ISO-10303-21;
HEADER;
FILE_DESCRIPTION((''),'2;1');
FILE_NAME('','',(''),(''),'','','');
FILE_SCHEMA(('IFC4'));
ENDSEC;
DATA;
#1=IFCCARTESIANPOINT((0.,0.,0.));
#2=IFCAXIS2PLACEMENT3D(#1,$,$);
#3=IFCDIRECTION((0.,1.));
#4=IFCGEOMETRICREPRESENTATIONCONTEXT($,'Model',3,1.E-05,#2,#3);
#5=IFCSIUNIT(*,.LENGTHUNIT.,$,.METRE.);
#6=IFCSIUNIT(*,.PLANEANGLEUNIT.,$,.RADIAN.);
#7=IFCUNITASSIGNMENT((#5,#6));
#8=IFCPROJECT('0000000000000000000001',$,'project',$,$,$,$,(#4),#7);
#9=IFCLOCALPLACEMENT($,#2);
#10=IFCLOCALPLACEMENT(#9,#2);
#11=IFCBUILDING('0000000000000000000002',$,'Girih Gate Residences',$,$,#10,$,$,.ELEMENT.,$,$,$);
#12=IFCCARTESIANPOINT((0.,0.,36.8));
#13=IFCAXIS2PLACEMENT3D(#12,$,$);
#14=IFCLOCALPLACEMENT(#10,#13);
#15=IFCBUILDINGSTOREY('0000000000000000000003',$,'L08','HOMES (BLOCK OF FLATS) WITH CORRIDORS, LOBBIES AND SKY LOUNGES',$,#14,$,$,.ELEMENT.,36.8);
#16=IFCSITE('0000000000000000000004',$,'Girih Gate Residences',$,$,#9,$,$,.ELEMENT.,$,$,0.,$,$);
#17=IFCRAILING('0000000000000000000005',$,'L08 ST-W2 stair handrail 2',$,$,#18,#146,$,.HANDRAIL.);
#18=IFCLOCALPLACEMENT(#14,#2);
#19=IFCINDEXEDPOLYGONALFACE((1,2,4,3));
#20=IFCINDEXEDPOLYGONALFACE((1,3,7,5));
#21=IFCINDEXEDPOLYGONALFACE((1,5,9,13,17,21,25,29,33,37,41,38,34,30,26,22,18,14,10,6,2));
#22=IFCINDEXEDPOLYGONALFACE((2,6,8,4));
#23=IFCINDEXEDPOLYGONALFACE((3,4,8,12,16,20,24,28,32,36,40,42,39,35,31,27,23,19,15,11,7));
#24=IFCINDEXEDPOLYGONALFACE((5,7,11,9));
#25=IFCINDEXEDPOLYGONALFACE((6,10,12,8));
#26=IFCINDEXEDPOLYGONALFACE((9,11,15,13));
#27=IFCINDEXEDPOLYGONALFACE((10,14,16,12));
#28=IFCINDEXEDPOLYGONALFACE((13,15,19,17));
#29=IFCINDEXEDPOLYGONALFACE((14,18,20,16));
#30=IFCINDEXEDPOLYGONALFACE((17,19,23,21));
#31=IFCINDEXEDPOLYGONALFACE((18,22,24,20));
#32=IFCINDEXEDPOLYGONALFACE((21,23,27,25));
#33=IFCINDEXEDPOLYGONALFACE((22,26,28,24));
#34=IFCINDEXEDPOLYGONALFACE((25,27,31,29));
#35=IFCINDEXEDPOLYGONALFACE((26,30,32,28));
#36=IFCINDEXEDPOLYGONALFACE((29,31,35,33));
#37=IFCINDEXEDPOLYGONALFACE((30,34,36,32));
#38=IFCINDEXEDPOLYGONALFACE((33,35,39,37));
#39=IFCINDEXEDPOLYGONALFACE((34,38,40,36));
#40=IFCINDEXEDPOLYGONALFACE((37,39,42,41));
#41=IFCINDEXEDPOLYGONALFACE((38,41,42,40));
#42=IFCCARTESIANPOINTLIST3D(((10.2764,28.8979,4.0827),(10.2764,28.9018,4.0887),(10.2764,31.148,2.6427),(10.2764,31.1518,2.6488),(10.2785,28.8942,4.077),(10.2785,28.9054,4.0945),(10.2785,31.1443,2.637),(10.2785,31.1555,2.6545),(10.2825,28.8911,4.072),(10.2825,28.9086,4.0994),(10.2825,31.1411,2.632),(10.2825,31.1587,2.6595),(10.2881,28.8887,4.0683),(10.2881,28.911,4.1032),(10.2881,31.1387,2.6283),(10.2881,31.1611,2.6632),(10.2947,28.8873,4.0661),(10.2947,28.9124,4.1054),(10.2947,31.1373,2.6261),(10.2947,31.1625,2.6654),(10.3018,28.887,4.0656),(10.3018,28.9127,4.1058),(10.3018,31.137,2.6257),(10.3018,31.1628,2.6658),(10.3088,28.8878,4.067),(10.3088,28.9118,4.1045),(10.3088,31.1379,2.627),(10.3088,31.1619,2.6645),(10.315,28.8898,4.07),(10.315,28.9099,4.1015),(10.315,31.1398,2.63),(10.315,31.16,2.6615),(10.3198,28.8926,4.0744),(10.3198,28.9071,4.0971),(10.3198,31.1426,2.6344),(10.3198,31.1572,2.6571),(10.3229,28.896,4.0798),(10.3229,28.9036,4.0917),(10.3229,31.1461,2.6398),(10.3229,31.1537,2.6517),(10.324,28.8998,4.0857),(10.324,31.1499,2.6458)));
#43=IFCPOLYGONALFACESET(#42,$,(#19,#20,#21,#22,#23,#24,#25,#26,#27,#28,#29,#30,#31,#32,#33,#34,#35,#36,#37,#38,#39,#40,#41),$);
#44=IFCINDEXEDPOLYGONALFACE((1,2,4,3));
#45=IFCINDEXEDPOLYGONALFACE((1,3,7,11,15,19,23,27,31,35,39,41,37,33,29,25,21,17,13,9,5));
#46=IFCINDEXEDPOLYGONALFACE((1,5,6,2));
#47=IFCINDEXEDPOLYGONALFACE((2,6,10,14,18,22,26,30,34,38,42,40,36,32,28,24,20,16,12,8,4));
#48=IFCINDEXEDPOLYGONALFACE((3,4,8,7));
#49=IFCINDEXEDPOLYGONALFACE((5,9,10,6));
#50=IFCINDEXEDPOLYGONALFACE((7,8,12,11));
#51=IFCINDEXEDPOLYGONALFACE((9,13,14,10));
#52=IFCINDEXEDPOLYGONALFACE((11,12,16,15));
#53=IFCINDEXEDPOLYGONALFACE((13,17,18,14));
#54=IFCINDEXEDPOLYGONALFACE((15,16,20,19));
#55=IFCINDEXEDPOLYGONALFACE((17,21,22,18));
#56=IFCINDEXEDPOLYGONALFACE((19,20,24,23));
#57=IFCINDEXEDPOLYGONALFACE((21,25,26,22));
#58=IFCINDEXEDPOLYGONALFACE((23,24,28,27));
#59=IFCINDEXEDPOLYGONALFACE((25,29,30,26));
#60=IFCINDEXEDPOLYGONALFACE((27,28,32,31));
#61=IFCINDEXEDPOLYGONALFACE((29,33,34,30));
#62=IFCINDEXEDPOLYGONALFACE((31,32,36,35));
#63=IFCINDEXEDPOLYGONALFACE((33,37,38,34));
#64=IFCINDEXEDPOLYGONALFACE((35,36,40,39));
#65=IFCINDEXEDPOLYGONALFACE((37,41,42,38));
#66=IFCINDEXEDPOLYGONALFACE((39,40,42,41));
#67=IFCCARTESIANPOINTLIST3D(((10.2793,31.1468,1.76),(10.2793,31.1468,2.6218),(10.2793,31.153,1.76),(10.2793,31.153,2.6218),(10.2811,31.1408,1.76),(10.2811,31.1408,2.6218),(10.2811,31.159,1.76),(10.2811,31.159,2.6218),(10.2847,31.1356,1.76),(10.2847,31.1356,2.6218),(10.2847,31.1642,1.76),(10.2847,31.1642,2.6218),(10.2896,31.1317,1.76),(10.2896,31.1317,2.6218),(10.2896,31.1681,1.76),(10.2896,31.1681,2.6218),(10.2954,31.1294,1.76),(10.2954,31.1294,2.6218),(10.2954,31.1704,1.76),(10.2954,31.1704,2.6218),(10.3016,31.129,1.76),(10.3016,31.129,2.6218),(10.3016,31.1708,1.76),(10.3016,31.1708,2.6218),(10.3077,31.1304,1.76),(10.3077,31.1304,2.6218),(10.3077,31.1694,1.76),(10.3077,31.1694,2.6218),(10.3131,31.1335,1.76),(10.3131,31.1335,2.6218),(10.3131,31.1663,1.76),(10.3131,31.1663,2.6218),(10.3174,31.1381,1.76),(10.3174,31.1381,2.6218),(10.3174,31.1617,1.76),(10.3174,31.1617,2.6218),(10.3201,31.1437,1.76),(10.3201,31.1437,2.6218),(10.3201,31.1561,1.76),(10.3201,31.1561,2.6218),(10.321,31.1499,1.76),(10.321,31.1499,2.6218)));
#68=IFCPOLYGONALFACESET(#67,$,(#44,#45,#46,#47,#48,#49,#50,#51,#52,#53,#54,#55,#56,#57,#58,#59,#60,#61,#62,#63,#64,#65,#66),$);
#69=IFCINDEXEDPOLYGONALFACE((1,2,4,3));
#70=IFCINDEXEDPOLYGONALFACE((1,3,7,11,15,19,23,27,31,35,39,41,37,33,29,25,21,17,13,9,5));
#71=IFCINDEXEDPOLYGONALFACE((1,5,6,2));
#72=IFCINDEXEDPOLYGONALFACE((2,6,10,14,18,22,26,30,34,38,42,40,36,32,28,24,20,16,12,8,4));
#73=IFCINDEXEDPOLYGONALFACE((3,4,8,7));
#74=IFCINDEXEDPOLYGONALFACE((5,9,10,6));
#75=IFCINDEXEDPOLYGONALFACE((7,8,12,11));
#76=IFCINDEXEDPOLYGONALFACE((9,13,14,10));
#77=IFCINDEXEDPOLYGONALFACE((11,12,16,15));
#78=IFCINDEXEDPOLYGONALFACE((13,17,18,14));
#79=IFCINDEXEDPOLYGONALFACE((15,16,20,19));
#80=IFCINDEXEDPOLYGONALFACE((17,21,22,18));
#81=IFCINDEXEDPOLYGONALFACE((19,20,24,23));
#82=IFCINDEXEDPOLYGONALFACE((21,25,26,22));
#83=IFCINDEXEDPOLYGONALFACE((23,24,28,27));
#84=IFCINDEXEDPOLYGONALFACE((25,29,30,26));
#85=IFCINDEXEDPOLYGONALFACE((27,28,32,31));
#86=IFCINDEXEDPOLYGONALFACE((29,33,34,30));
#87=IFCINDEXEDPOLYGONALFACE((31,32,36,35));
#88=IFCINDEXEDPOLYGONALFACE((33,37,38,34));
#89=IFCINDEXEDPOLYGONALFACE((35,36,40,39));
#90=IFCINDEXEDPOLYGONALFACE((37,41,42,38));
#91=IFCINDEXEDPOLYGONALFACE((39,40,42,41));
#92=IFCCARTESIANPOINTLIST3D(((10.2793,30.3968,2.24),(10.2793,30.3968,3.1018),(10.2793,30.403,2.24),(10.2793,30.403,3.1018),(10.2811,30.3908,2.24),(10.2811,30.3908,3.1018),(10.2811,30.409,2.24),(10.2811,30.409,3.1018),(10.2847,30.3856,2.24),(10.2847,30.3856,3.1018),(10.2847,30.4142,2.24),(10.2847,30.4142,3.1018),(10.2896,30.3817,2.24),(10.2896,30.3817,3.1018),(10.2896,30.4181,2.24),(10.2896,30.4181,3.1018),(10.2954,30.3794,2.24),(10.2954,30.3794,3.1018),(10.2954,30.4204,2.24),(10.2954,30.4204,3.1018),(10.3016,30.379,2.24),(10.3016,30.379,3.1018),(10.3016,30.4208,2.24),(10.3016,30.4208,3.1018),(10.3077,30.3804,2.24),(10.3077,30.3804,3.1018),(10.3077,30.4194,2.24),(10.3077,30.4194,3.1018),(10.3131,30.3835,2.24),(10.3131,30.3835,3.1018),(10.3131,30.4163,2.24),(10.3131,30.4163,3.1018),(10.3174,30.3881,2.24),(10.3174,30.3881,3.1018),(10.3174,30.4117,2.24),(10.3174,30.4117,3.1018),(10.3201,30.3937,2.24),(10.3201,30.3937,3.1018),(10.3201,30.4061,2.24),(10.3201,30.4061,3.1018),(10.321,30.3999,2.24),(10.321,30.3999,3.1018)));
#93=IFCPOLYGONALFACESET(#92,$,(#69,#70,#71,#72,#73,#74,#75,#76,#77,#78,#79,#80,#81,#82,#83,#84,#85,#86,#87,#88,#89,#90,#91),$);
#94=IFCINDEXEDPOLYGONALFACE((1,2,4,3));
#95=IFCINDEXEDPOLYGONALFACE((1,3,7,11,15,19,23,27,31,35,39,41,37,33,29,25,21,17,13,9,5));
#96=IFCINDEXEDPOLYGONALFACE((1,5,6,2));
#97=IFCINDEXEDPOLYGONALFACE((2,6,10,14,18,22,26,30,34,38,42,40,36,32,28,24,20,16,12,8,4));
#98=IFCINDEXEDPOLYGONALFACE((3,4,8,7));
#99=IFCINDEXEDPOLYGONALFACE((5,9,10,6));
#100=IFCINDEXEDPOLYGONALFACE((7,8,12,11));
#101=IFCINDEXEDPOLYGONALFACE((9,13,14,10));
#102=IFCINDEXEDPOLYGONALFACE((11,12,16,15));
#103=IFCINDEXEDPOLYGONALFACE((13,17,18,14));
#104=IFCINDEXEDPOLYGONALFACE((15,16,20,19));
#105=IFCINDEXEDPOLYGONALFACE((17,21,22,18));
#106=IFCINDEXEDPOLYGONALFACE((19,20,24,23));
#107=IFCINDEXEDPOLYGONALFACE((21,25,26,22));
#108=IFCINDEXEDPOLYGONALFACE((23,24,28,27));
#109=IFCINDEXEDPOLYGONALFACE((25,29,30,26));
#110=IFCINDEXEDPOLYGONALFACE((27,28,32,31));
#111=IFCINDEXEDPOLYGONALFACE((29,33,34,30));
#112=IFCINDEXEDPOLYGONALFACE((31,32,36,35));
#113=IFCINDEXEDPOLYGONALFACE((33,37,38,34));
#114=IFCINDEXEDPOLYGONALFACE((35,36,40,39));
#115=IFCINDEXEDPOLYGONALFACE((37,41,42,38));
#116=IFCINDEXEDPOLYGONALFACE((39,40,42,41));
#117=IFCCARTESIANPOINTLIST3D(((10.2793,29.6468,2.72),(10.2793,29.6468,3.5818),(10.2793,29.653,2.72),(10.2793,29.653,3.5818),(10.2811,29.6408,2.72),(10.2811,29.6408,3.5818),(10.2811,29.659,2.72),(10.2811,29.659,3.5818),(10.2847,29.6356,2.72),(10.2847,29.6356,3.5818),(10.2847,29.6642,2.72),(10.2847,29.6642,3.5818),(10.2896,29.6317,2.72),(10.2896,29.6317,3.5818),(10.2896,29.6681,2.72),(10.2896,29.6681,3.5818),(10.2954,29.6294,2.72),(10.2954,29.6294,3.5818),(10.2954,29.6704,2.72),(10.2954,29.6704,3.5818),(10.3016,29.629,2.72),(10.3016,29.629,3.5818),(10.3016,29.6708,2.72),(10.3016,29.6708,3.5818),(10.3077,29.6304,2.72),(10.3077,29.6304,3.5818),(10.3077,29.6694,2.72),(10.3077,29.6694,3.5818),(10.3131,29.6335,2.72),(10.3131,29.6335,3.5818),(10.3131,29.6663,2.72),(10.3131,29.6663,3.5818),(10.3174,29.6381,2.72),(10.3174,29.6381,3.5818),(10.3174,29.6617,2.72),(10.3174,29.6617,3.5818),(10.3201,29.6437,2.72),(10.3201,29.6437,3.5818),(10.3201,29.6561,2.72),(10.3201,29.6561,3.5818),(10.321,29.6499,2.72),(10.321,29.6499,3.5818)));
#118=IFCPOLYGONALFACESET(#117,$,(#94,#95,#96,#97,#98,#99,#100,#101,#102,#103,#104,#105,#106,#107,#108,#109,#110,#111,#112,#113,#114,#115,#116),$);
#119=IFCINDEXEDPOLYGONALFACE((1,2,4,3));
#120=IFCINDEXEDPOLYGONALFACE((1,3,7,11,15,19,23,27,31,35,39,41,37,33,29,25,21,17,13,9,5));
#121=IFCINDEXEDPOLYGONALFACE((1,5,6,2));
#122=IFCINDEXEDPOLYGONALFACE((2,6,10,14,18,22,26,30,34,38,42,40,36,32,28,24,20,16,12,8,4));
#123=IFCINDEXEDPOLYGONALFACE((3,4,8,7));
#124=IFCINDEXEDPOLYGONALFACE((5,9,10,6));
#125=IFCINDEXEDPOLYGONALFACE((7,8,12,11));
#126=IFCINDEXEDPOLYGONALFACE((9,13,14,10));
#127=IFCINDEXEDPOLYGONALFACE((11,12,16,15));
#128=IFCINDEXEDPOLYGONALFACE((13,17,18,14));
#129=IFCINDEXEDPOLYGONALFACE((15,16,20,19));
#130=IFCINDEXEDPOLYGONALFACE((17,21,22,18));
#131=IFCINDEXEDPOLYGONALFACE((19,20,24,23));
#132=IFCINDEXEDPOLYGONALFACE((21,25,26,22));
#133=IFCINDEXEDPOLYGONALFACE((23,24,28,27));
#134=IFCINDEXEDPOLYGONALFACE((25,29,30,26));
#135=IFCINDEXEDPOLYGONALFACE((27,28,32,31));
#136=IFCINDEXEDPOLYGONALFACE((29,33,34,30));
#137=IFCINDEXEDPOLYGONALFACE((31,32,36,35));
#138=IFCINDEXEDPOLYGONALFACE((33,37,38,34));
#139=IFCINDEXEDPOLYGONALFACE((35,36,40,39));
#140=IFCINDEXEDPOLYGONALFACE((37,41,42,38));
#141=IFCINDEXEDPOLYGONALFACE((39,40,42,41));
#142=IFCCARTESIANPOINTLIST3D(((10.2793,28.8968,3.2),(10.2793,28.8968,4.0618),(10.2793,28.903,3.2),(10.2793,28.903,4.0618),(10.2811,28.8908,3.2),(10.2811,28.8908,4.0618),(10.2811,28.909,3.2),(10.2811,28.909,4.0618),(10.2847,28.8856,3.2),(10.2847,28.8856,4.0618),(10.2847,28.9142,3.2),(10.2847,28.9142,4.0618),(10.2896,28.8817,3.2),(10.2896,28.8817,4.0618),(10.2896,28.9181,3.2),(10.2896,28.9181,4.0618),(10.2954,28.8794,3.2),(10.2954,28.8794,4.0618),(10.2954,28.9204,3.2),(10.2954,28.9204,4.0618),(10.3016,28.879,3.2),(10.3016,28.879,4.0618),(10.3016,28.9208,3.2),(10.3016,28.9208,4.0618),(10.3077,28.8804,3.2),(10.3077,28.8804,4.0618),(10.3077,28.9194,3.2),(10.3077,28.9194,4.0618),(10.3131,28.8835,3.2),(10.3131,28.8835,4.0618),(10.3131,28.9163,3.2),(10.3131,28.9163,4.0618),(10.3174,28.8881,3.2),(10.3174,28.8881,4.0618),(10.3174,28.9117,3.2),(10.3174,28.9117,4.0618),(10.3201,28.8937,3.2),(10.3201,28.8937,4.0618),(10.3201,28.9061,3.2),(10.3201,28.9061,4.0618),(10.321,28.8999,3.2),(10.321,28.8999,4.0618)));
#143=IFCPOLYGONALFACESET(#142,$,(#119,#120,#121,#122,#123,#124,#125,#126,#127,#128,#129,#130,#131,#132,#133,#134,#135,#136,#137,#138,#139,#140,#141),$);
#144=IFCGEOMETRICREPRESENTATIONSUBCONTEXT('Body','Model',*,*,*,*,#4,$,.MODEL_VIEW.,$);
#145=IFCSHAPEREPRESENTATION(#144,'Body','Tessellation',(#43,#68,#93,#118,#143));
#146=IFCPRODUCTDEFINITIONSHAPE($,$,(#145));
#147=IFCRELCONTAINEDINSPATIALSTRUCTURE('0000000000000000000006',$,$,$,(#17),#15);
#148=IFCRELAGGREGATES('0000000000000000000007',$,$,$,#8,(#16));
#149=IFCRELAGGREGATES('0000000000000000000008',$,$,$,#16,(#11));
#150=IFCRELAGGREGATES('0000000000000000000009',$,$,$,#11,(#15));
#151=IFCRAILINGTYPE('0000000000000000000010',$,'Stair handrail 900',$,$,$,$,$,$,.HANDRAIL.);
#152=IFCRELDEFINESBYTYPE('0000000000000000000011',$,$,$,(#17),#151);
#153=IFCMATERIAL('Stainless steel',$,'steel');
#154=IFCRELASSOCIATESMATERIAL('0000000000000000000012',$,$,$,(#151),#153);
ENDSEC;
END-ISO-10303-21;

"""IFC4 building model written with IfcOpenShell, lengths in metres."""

from ifc_helpers import new_model, si_unit, direction, frame, origin, origin_2d, place, context, subcontext, project, spatial, circle, extrude, material, type_object, element, save


model = new_model("IFC4")

# Units and contexts
model_context = context("Model", 3, precision=1e-05, world=origin(), true_north=direction((0.0, 1.0)))
body_context = subcontext(model_context, "Body", "Model", "MODEL_VIEW")
ifc_project = project(units=[si_unit("LENGTHUNIT", "METRE"), si_unit("PLANEANGLEUNIT", "RADIAN")], contexts=[model_context])

# Site, building, storey
site_placement = place(None, origin())
site = spatial("IfcSite", under=ifc_project, at=site_placement, Name="Girih Gate Residences", CompositionType="ELEMENT", RefElevation=0.0)
building_placement = place(site_placement, origin())
building = spatial("IfcBuilding", under=site, at=building_placement, Name="Girih Gate Residences", CompositionType="ELEMENT")
storey_placement = place(building_placement, frame((0.0, 0.0, 36.8)))
storey = spatial("IfcBuildingStorey", under=building, at=storey_placement, Name="L08", Description="HOMES (BLOCK OF FLATS) WITH CORRIDORS, LOBBIES AND SKY LOUNGES", CompositionType="ELEMENT", Elevation=36.8)

# Railing
ifc_material_1 = material(Name="Stainless steel", Category="steel")
railing_type_1 = type_object("IfcRailingType", Name="Stair handrail 900", PredefinedType="HANDRAIL", material=ifc_material_1)
railing_1_placement = place(storey_placement, frame((10.3, 31.1499, 1.76)))
element("IfcRailing", 1, at=railing_1_placement, inside=storey, type_object=railing_type_1, Name="L08 ST-W2 stair handrail 2", PredefinedType="HANDRAIL", context=body_context, shape_type="SweptSolid", body=[
    extrude(circle(Radius=0.0239, at=origin_2d()), frame((0.0, 0.0, 0.8857), z_axis=(0.0, -0.842281, 0.539038), x_axis=(1.0, 0.0, 0.0)), (0.0, 0.0, 1.0), 2.6714),
    extrude(circle(Radius=0.021, at=origin_2d()), origin(), (0.0, 0.0, 1.0), 0.8618),
    extrude(circle(Radius=0.021, at=origin_2d()), frame((0.0, -0.75, 0.48)), (0.0, 0.0, 1.0), 0.8618),
    extrude(circle(Radius=0.021, at=origin_2d()), frame((0.0, -1.5, 0.96)), (0.0, 0.0, 1.0), 0.8618),
    extrude(circle(Radius=0.021, at=origin_2d()), frame((0.0, -2.25, 1.4399)), (0.0, 0.0, 1.0), 0.8618),
])

save(model, "model.ifc")
